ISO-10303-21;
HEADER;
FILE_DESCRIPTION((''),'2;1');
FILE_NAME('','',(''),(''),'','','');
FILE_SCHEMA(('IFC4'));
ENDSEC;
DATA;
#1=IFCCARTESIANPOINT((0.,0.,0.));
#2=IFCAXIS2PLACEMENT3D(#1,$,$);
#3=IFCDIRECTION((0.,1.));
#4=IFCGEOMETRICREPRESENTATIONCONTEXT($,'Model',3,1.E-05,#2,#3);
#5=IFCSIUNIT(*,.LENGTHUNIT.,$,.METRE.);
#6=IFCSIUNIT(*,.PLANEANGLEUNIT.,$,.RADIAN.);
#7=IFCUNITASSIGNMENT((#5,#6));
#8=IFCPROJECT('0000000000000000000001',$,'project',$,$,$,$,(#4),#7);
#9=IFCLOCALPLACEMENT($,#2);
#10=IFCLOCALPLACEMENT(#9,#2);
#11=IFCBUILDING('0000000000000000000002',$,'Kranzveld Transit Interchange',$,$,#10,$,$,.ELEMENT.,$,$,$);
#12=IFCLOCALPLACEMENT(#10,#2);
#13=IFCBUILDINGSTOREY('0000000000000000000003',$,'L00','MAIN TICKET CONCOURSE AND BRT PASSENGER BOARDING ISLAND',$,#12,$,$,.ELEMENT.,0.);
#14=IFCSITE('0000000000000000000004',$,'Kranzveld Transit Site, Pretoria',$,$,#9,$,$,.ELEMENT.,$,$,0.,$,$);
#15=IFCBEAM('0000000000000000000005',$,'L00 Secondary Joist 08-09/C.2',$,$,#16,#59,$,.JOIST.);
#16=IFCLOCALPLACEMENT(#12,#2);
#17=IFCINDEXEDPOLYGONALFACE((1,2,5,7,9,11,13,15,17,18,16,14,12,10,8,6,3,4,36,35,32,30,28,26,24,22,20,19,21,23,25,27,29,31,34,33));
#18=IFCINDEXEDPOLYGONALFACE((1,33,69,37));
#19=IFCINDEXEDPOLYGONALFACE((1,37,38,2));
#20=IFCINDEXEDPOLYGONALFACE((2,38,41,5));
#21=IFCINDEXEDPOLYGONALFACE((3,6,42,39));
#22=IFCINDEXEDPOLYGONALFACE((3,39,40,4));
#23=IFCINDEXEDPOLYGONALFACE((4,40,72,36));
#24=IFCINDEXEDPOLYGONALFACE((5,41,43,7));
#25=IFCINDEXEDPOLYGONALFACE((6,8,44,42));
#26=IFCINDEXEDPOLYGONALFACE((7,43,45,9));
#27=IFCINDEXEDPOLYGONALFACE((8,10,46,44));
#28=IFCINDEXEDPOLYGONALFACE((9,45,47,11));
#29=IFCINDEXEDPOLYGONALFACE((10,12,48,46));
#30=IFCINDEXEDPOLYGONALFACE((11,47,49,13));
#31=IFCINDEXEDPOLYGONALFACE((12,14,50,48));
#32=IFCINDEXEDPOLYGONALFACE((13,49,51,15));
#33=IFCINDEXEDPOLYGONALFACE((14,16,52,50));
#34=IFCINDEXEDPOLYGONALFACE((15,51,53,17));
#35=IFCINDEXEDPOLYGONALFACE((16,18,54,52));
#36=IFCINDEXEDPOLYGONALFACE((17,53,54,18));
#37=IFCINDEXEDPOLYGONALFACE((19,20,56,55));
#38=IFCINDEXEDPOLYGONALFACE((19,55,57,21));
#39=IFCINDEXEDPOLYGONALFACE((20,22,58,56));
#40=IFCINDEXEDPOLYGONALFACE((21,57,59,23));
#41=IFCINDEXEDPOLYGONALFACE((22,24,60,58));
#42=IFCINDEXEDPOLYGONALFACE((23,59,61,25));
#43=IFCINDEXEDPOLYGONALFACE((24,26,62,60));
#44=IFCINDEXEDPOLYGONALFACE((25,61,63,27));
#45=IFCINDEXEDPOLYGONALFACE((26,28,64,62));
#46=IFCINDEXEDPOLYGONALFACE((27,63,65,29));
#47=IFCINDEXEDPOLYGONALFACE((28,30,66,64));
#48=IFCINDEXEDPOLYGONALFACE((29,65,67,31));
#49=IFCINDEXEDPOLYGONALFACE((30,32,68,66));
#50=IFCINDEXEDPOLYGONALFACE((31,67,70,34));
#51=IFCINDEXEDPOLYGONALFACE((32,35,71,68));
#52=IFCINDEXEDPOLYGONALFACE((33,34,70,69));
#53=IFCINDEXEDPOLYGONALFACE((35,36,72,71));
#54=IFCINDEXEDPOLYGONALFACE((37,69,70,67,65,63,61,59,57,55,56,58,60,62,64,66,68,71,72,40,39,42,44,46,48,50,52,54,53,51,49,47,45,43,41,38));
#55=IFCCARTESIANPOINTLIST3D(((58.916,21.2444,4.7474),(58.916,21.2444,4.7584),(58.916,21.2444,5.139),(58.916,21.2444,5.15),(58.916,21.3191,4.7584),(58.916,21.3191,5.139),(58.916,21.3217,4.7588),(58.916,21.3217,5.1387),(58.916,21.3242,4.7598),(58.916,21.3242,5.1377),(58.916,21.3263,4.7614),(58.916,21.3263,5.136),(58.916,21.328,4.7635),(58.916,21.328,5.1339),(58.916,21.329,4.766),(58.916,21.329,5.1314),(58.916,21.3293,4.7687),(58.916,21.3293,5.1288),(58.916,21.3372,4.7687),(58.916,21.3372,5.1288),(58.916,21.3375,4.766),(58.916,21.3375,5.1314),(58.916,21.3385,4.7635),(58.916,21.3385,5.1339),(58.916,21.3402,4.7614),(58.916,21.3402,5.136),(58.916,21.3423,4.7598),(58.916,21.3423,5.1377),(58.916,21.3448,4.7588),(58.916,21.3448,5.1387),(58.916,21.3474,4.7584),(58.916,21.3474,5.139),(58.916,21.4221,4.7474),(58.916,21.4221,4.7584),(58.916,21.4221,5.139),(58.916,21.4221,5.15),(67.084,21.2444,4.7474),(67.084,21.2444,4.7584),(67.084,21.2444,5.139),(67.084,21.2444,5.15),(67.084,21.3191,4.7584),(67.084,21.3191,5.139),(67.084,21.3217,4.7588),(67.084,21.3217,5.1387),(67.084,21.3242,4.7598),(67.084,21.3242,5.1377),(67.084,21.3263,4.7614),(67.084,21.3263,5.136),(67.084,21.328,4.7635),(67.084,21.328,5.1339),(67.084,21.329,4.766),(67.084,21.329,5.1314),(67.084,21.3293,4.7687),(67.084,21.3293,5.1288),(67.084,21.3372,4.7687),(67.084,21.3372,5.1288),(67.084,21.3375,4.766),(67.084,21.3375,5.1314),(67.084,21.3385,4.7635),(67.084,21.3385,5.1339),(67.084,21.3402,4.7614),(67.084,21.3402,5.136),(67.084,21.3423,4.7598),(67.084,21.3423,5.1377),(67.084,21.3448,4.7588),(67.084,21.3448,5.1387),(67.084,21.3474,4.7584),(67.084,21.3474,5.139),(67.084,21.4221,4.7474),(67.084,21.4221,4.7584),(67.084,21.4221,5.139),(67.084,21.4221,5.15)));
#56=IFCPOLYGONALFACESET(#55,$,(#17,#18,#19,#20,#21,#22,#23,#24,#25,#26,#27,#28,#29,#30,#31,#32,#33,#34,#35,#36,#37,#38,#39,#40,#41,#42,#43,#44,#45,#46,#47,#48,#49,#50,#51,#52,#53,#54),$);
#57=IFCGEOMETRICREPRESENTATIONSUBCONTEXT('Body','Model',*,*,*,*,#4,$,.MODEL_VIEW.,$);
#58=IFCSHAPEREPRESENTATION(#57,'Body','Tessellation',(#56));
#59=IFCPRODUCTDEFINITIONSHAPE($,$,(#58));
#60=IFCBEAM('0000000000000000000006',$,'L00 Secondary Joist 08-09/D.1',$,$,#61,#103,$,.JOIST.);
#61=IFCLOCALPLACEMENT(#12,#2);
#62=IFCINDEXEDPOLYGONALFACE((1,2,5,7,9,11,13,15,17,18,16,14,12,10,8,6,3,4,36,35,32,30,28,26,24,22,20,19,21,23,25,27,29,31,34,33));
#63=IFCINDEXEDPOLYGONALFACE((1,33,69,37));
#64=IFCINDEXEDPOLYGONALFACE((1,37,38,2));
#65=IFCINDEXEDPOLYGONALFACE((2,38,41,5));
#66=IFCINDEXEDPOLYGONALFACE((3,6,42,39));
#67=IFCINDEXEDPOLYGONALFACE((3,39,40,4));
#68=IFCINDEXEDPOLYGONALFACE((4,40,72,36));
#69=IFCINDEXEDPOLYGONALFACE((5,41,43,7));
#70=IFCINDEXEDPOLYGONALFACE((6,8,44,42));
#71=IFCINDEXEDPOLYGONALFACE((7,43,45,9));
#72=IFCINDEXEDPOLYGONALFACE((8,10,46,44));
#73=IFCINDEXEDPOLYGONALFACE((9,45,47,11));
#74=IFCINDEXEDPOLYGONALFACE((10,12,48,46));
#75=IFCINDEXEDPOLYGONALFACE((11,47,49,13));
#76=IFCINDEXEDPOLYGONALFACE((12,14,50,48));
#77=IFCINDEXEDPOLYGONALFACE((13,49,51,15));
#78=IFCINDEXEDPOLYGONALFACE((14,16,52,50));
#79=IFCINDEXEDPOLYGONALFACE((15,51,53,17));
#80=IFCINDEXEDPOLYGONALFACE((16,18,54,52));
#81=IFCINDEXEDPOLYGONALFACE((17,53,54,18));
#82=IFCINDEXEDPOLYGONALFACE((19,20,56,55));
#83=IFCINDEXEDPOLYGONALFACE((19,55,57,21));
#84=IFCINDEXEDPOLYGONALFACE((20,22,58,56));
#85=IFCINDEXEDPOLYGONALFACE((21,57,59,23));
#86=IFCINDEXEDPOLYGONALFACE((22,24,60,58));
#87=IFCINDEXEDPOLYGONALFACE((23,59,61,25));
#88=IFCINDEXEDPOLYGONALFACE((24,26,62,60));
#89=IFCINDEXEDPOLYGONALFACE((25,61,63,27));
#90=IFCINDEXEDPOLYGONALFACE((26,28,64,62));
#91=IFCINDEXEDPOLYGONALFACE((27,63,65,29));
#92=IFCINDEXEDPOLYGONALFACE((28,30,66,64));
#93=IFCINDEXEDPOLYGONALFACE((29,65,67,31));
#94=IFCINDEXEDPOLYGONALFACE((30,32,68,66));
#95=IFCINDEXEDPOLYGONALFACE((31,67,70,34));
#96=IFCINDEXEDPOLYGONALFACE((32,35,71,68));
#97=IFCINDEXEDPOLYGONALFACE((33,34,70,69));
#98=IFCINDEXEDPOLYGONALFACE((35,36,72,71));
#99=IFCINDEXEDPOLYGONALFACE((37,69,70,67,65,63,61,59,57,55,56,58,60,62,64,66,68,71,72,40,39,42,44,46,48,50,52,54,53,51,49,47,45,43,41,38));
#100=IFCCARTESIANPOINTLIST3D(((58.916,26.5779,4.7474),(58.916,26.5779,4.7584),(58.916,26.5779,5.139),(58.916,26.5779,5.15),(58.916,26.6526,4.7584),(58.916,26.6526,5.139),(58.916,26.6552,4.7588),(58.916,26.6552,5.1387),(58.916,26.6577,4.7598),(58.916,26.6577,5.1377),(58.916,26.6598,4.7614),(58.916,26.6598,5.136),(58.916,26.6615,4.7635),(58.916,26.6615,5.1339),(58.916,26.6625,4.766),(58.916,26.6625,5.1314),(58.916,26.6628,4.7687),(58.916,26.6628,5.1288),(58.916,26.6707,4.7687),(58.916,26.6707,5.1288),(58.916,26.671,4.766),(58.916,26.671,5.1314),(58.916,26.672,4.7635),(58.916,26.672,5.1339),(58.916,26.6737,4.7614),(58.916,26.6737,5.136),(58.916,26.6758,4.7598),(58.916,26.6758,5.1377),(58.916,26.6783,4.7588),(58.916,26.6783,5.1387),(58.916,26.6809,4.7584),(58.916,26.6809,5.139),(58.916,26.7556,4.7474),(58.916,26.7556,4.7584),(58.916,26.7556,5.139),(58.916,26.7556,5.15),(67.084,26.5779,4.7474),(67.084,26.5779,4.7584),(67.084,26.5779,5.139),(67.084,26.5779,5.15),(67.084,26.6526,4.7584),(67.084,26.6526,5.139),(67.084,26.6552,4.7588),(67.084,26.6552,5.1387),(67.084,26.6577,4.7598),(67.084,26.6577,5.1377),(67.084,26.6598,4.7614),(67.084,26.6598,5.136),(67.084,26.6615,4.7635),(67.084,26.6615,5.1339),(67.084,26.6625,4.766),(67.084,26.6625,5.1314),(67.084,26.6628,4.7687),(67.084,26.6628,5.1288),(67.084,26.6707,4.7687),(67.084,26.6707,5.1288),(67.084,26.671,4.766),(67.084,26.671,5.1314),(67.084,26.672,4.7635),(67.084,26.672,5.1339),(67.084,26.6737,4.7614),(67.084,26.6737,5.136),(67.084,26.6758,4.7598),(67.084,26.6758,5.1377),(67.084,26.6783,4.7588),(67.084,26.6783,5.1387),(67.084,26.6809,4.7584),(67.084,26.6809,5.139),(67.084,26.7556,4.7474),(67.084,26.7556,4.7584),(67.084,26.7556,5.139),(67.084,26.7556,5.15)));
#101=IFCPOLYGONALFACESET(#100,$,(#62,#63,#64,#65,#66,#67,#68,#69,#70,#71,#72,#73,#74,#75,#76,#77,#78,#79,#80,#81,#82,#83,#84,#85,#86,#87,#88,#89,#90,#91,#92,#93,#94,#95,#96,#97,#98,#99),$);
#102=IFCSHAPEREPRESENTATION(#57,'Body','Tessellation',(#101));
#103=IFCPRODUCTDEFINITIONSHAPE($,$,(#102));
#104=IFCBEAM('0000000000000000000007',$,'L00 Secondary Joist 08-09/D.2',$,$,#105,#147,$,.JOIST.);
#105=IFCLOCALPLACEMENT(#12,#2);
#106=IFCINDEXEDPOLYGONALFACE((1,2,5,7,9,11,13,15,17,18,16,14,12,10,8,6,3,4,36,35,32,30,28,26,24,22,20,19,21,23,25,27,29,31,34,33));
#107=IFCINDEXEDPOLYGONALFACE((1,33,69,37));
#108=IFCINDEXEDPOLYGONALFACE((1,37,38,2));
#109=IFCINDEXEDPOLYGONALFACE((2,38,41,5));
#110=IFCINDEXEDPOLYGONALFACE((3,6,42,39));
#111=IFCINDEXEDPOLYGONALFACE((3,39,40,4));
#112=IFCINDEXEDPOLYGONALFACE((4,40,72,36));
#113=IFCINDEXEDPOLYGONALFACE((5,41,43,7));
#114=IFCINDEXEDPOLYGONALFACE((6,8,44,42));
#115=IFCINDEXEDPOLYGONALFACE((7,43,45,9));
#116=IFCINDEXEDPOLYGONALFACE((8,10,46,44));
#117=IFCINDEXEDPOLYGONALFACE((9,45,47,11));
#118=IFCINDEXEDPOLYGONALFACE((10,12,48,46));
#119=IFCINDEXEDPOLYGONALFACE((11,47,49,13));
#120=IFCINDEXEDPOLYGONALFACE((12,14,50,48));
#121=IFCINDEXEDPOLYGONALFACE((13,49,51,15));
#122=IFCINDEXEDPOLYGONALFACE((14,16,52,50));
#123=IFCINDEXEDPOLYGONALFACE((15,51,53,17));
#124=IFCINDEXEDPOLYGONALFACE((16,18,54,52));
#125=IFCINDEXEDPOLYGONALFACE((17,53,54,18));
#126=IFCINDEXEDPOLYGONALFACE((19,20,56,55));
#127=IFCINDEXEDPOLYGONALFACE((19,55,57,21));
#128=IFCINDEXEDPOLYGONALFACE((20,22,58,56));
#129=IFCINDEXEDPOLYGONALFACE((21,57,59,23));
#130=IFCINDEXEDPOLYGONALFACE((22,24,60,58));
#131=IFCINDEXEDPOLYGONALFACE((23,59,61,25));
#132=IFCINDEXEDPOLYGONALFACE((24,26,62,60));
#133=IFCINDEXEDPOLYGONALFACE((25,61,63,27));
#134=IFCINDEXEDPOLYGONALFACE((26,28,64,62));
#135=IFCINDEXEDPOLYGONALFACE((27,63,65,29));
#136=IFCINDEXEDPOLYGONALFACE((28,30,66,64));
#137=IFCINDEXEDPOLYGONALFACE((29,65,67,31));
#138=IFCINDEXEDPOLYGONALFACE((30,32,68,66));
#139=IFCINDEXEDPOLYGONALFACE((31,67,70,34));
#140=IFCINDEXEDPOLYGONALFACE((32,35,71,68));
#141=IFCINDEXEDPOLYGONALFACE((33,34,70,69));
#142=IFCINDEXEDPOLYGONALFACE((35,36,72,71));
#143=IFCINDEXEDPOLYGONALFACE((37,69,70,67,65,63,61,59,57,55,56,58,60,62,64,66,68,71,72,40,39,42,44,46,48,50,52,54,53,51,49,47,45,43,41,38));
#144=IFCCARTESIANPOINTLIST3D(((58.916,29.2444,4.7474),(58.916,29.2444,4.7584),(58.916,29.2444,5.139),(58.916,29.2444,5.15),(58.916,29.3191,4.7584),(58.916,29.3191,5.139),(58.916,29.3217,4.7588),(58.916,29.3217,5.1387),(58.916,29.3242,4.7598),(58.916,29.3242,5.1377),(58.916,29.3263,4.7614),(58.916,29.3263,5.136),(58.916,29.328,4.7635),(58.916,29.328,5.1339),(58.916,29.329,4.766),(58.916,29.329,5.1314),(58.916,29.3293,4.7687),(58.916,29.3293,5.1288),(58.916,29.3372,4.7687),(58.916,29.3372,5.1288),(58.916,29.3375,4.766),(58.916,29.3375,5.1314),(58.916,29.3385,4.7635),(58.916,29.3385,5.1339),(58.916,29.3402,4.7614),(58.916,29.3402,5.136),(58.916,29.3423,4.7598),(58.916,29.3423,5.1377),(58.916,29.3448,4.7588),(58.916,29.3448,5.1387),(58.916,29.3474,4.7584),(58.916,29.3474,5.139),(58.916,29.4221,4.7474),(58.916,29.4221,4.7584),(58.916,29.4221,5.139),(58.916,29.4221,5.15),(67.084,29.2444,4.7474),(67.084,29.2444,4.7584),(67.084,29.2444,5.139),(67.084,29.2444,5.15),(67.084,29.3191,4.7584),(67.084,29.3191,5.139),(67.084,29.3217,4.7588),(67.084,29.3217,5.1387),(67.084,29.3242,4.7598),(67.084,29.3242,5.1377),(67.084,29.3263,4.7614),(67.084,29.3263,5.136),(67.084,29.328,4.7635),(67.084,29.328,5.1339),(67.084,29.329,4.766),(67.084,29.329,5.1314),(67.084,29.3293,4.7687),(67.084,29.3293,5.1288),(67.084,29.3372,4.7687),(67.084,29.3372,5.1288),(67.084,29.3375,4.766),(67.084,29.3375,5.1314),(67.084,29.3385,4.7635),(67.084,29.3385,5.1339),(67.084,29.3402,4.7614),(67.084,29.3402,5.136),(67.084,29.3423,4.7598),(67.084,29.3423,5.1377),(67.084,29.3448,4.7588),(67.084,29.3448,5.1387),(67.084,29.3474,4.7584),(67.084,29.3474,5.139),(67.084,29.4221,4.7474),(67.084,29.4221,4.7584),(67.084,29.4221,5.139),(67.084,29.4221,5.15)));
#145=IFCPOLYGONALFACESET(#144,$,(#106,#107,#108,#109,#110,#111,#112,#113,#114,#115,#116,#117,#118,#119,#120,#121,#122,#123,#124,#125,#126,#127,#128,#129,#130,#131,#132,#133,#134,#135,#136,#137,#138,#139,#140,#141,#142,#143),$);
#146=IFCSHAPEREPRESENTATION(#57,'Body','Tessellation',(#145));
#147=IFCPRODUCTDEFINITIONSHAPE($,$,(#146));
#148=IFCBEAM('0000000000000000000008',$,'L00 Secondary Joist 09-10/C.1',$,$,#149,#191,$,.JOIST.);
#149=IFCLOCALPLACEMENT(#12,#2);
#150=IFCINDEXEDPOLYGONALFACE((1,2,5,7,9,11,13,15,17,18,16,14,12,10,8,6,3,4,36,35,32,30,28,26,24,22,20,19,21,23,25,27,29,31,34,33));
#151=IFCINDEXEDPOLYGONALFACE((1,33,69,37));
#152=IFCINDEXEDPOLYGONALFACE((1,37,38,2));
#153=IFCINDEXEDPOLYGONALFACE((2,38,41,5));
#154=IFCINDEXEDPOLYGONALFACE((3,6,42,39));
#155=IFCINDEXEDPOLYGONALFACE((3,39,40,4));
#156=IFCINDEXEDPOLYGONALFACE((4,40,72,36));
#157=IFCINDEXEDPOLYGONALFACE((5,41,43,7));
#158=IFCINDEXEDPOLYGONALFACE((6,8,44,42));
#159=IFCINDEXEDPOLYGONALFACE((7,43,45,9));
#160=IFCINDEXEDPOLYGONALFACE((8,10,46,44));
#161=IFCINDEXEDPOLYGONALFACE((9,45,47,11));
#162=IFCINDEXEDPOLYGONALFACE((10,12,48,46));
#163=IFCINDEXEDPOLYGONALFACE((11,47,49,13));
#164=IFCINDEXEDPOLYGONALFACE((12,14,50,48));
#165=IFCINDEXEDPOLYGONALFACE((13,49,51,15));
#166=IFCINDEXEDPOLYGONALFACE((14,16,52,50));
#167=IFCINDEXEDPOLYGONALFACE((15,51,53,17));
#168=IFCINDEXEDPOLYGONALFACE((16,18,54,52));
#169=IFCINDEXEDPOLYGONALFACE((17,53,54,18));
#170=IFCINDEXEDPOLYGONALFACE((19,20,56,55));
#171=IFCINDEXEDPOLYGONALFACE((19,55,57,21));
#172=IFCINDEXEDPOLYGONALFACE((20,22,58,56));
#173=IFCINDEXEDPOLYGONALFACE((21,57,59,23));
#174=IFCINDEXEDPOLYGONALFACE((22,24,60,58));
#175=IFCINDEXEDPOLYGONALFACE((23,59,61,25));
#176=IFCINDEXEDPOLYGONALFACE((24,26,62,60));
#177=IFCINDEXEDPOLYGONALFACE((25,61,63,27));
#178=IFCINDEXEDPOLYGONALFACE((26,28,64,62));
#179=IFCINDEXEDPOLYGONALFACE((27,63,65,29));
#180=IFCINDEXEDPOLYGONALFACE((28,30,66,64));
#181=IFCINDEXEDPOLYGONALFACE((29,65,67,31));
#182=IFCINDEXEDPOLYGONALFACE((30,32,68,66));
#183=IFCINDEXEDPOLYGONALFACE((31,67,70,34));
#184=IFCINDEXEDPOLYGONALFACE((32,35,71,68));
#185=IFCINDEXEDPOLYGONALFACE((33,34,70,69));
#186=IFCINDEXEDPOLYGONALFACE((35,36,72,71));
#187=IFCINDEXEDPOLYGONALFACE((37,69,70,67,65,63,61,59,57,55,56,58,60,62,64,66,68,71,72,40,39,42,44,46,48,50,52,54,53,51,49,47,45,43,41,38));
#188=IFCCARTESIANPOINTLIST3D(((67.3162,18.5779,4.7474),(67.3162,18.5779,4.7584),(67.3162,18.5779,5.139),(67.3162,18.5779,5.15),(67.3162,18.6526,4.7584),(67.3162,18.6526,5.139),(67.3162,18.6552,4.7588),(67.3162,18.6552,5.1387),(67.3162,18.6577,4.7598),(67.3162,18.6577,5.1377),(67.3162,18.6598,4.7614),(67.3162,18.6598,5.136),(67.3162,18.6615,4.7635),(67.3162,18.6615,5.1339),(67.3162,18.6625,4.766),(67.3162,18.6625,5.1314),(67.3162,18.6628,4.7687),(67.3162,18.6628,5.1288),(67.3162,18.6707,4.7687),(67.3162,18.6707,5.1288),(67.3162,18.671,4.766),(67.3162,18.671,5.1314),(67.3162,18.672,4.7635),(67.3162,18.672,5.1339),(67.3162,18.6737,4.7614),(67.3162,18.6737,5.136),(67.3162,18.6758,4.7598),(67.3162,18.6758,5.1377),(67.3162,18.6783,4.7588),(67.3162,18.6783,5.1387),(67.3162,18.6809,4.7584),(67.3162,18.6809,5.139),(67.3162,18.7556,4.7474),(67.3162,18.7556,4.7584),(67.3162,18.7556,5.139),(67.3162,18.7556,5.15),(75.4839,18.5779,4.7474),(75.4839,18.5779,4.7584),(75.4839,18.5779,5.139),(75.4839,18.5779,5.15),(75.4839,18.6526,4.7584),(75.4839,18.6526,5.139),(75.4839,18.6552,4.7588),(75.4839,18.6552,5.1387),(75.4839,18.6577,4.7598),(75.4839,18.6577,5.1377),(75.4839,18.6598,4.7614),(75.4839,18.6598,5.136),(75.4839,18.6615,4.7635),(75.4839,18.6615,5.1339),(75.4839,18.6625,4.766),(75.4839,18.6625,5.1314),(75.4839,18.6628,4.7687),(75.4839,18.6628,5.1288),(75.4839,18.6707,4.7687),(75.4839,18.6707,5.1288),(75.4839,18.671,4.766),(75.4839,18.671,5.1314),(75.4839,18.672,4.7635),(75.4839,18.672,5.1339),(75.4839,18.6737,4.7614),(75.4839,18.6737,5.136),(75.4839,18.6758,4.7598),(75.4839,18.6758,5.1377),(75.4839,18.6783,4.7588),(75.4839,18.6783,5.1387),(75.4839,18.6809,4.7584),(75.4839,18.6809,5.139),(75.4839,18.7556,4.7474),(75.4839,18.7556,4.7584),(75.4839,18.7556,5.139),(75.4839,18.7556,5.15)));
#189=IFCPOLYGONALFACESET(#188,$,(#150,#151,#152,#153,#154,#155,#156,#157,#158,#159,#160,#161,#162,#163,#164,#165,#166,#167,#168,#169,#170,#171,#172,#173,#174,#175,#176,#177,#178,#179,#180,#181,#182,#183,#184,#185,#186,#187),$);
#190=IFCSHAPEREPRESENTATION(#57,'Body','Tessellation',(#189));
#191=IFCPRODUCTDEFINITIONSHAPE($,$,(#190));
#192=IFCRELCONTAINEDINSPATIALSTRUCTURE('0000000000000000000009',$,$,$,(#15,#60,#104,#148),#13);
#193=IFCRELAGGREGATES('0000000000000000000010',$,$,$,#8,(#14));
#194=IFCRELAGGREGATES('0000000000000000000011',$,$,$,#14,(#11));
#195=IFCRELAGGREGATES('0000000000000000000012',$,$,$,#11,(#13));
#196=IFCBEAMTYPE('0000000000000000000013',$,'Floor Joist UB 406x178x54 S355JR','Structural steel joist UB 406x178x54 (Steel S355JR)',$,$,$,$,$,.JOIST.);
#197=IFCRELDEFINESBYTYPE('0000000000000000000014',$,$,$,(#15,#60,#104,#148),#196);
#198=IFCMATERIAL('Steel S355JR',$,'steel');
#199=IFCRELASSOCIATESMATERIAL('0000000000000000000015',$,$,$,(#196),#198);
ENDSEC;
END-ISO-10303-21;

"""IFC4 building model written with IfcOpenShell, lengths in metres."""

from ifc_helpers import new_model, si_unit, direction, frame, origin, origin_2d, place, context, subcontext, project, spatial, i_section, extrude, material, material_profile, profile_set, type_object, element, save


model = new_model("IFC4")

# Units and contexts
model_context = context("Model", 3, precision=1e-05, world=origin(), true_north=direction((0.0, 1.0)))
body_context = subcontext(model_context, "Body", "Model", "MODEL_VIEW")
ifc_project = project(units=[si_unit("LENGTHUNIT", "METRE"), si_unit("PLANEANGLEUNIT", "RADIAN")], contexts=[model_context])

# Site, building, storey
site_placement = place(None, origin())
site = spatial("IfcSite", under=ifc_project, at=site_placement, Name="Kranzveld Transit Site, Pretoria", CompositionType="ELEMENT", RefElevation=0.0)
building_placement = place(site_placement, origin())
building = spatial("IfcBuilding", under=site, at=building_placement, Name="Kranzveld Transit Interchange", CompositionType="ELEMENT")
storey_placement = place(building_placement, origin())
storey = spatial("IfcBuildingStorey", under=building, at=storey_placement, Name="L00", Description="MAIN TICKET CONCOURSE AND BRT PASSENGER BOARDING ISLAND", CompositionType="ELEMENT", Elevation=0.0)

# Beams
ifc_material_1 = material(Name="Steel S355JR", Category="steel")
ifc_material_profile_1 = material_profile(ifc_material_1, i_section(OverallWidth=0.1777, OverallDepth=0.4026, WebThickness=0.0078, FlangeThickness=0.011, FilletRadius=0.0103, at=origin_2d()), Name="UB 406x178x54")
ifc_profile_set_1 = profile_set([ifc_material_profile_1], Name="Steel S355JR")
beam_type_1 = type_object("IfcBeamType", Name="Floor Joist UB 406x178x54 S355JR", Description="Structural steel joist UB 406x178x54 (Steel S355JR)", PredefinedType="JOIST", material=ifc_profile_set_1)
for number, where, z_axis, x_axis, name in (
    (1, (58.916, 21.3333, 4.9487), (1.0, 0.0, 0.0), (0.0, 1.0, 0.0), "L00 Secondary Joist 08-09/C.2"),
    (2, (58.916, 26.6667, 4.9487), (1.0, 0.0, 0.0), (0.0, 1.0, 0.0), "L00 Secondary Joist 08-09/D.1"),
    (3, (58.916, 29.3333, 4.9487), (1.0, 0.0, 0.0), (0.0, 1.0, 0.0), "L00 Secondary Joist 08-09/D.2"),
):
    element("IfcBeam", number, at=place(storey_placement, frame(where, z_axis=z_axis, x_axis=x_axis)), inside=storey, type_object=beam_type_1, Name=name, PredefinedType="JOIST", context=body_context, shape_type="SweptSolid", body=[
        extrude(i_section(OverallWidth=0.1777, OverallDepth=0.4026, WebThickness=0.0078, FlangeThickness=0.011, FilletRadius=0.0103, at=origin_2d()), origin(), (0.0, 0.0, 1.0), 8.168),
    ])
for number, where, z_axis, x_axis, name in (
    (4, (67.3162, 18.6667, 4.9487), (1.0, 0.0, 0.0), (0.0, 1.0, 0.0), "L00 Secondary Joist 09-10/C.1"),
):
    element("IfcBeam", number, at=place(storey_placement, frame(where, z_axis=z_axis, x_axis=x_axis)), inside=storey, type_object=beam_type_1, Name=name, PredefinedType="JOIST", context=body_context, shape_type="SweptSolid", body=[
        extrude(i_section(OverallWidth=0.1777, OverallDepth=0.4026, WebThickness=0.0078, FlangeThickness=0.011, FilletRadius=0.0103, at=origin_2d()), origin(), (0.0, 0.0, 1.0), 8.1677),
    ])

save(model, "model.ifc")
